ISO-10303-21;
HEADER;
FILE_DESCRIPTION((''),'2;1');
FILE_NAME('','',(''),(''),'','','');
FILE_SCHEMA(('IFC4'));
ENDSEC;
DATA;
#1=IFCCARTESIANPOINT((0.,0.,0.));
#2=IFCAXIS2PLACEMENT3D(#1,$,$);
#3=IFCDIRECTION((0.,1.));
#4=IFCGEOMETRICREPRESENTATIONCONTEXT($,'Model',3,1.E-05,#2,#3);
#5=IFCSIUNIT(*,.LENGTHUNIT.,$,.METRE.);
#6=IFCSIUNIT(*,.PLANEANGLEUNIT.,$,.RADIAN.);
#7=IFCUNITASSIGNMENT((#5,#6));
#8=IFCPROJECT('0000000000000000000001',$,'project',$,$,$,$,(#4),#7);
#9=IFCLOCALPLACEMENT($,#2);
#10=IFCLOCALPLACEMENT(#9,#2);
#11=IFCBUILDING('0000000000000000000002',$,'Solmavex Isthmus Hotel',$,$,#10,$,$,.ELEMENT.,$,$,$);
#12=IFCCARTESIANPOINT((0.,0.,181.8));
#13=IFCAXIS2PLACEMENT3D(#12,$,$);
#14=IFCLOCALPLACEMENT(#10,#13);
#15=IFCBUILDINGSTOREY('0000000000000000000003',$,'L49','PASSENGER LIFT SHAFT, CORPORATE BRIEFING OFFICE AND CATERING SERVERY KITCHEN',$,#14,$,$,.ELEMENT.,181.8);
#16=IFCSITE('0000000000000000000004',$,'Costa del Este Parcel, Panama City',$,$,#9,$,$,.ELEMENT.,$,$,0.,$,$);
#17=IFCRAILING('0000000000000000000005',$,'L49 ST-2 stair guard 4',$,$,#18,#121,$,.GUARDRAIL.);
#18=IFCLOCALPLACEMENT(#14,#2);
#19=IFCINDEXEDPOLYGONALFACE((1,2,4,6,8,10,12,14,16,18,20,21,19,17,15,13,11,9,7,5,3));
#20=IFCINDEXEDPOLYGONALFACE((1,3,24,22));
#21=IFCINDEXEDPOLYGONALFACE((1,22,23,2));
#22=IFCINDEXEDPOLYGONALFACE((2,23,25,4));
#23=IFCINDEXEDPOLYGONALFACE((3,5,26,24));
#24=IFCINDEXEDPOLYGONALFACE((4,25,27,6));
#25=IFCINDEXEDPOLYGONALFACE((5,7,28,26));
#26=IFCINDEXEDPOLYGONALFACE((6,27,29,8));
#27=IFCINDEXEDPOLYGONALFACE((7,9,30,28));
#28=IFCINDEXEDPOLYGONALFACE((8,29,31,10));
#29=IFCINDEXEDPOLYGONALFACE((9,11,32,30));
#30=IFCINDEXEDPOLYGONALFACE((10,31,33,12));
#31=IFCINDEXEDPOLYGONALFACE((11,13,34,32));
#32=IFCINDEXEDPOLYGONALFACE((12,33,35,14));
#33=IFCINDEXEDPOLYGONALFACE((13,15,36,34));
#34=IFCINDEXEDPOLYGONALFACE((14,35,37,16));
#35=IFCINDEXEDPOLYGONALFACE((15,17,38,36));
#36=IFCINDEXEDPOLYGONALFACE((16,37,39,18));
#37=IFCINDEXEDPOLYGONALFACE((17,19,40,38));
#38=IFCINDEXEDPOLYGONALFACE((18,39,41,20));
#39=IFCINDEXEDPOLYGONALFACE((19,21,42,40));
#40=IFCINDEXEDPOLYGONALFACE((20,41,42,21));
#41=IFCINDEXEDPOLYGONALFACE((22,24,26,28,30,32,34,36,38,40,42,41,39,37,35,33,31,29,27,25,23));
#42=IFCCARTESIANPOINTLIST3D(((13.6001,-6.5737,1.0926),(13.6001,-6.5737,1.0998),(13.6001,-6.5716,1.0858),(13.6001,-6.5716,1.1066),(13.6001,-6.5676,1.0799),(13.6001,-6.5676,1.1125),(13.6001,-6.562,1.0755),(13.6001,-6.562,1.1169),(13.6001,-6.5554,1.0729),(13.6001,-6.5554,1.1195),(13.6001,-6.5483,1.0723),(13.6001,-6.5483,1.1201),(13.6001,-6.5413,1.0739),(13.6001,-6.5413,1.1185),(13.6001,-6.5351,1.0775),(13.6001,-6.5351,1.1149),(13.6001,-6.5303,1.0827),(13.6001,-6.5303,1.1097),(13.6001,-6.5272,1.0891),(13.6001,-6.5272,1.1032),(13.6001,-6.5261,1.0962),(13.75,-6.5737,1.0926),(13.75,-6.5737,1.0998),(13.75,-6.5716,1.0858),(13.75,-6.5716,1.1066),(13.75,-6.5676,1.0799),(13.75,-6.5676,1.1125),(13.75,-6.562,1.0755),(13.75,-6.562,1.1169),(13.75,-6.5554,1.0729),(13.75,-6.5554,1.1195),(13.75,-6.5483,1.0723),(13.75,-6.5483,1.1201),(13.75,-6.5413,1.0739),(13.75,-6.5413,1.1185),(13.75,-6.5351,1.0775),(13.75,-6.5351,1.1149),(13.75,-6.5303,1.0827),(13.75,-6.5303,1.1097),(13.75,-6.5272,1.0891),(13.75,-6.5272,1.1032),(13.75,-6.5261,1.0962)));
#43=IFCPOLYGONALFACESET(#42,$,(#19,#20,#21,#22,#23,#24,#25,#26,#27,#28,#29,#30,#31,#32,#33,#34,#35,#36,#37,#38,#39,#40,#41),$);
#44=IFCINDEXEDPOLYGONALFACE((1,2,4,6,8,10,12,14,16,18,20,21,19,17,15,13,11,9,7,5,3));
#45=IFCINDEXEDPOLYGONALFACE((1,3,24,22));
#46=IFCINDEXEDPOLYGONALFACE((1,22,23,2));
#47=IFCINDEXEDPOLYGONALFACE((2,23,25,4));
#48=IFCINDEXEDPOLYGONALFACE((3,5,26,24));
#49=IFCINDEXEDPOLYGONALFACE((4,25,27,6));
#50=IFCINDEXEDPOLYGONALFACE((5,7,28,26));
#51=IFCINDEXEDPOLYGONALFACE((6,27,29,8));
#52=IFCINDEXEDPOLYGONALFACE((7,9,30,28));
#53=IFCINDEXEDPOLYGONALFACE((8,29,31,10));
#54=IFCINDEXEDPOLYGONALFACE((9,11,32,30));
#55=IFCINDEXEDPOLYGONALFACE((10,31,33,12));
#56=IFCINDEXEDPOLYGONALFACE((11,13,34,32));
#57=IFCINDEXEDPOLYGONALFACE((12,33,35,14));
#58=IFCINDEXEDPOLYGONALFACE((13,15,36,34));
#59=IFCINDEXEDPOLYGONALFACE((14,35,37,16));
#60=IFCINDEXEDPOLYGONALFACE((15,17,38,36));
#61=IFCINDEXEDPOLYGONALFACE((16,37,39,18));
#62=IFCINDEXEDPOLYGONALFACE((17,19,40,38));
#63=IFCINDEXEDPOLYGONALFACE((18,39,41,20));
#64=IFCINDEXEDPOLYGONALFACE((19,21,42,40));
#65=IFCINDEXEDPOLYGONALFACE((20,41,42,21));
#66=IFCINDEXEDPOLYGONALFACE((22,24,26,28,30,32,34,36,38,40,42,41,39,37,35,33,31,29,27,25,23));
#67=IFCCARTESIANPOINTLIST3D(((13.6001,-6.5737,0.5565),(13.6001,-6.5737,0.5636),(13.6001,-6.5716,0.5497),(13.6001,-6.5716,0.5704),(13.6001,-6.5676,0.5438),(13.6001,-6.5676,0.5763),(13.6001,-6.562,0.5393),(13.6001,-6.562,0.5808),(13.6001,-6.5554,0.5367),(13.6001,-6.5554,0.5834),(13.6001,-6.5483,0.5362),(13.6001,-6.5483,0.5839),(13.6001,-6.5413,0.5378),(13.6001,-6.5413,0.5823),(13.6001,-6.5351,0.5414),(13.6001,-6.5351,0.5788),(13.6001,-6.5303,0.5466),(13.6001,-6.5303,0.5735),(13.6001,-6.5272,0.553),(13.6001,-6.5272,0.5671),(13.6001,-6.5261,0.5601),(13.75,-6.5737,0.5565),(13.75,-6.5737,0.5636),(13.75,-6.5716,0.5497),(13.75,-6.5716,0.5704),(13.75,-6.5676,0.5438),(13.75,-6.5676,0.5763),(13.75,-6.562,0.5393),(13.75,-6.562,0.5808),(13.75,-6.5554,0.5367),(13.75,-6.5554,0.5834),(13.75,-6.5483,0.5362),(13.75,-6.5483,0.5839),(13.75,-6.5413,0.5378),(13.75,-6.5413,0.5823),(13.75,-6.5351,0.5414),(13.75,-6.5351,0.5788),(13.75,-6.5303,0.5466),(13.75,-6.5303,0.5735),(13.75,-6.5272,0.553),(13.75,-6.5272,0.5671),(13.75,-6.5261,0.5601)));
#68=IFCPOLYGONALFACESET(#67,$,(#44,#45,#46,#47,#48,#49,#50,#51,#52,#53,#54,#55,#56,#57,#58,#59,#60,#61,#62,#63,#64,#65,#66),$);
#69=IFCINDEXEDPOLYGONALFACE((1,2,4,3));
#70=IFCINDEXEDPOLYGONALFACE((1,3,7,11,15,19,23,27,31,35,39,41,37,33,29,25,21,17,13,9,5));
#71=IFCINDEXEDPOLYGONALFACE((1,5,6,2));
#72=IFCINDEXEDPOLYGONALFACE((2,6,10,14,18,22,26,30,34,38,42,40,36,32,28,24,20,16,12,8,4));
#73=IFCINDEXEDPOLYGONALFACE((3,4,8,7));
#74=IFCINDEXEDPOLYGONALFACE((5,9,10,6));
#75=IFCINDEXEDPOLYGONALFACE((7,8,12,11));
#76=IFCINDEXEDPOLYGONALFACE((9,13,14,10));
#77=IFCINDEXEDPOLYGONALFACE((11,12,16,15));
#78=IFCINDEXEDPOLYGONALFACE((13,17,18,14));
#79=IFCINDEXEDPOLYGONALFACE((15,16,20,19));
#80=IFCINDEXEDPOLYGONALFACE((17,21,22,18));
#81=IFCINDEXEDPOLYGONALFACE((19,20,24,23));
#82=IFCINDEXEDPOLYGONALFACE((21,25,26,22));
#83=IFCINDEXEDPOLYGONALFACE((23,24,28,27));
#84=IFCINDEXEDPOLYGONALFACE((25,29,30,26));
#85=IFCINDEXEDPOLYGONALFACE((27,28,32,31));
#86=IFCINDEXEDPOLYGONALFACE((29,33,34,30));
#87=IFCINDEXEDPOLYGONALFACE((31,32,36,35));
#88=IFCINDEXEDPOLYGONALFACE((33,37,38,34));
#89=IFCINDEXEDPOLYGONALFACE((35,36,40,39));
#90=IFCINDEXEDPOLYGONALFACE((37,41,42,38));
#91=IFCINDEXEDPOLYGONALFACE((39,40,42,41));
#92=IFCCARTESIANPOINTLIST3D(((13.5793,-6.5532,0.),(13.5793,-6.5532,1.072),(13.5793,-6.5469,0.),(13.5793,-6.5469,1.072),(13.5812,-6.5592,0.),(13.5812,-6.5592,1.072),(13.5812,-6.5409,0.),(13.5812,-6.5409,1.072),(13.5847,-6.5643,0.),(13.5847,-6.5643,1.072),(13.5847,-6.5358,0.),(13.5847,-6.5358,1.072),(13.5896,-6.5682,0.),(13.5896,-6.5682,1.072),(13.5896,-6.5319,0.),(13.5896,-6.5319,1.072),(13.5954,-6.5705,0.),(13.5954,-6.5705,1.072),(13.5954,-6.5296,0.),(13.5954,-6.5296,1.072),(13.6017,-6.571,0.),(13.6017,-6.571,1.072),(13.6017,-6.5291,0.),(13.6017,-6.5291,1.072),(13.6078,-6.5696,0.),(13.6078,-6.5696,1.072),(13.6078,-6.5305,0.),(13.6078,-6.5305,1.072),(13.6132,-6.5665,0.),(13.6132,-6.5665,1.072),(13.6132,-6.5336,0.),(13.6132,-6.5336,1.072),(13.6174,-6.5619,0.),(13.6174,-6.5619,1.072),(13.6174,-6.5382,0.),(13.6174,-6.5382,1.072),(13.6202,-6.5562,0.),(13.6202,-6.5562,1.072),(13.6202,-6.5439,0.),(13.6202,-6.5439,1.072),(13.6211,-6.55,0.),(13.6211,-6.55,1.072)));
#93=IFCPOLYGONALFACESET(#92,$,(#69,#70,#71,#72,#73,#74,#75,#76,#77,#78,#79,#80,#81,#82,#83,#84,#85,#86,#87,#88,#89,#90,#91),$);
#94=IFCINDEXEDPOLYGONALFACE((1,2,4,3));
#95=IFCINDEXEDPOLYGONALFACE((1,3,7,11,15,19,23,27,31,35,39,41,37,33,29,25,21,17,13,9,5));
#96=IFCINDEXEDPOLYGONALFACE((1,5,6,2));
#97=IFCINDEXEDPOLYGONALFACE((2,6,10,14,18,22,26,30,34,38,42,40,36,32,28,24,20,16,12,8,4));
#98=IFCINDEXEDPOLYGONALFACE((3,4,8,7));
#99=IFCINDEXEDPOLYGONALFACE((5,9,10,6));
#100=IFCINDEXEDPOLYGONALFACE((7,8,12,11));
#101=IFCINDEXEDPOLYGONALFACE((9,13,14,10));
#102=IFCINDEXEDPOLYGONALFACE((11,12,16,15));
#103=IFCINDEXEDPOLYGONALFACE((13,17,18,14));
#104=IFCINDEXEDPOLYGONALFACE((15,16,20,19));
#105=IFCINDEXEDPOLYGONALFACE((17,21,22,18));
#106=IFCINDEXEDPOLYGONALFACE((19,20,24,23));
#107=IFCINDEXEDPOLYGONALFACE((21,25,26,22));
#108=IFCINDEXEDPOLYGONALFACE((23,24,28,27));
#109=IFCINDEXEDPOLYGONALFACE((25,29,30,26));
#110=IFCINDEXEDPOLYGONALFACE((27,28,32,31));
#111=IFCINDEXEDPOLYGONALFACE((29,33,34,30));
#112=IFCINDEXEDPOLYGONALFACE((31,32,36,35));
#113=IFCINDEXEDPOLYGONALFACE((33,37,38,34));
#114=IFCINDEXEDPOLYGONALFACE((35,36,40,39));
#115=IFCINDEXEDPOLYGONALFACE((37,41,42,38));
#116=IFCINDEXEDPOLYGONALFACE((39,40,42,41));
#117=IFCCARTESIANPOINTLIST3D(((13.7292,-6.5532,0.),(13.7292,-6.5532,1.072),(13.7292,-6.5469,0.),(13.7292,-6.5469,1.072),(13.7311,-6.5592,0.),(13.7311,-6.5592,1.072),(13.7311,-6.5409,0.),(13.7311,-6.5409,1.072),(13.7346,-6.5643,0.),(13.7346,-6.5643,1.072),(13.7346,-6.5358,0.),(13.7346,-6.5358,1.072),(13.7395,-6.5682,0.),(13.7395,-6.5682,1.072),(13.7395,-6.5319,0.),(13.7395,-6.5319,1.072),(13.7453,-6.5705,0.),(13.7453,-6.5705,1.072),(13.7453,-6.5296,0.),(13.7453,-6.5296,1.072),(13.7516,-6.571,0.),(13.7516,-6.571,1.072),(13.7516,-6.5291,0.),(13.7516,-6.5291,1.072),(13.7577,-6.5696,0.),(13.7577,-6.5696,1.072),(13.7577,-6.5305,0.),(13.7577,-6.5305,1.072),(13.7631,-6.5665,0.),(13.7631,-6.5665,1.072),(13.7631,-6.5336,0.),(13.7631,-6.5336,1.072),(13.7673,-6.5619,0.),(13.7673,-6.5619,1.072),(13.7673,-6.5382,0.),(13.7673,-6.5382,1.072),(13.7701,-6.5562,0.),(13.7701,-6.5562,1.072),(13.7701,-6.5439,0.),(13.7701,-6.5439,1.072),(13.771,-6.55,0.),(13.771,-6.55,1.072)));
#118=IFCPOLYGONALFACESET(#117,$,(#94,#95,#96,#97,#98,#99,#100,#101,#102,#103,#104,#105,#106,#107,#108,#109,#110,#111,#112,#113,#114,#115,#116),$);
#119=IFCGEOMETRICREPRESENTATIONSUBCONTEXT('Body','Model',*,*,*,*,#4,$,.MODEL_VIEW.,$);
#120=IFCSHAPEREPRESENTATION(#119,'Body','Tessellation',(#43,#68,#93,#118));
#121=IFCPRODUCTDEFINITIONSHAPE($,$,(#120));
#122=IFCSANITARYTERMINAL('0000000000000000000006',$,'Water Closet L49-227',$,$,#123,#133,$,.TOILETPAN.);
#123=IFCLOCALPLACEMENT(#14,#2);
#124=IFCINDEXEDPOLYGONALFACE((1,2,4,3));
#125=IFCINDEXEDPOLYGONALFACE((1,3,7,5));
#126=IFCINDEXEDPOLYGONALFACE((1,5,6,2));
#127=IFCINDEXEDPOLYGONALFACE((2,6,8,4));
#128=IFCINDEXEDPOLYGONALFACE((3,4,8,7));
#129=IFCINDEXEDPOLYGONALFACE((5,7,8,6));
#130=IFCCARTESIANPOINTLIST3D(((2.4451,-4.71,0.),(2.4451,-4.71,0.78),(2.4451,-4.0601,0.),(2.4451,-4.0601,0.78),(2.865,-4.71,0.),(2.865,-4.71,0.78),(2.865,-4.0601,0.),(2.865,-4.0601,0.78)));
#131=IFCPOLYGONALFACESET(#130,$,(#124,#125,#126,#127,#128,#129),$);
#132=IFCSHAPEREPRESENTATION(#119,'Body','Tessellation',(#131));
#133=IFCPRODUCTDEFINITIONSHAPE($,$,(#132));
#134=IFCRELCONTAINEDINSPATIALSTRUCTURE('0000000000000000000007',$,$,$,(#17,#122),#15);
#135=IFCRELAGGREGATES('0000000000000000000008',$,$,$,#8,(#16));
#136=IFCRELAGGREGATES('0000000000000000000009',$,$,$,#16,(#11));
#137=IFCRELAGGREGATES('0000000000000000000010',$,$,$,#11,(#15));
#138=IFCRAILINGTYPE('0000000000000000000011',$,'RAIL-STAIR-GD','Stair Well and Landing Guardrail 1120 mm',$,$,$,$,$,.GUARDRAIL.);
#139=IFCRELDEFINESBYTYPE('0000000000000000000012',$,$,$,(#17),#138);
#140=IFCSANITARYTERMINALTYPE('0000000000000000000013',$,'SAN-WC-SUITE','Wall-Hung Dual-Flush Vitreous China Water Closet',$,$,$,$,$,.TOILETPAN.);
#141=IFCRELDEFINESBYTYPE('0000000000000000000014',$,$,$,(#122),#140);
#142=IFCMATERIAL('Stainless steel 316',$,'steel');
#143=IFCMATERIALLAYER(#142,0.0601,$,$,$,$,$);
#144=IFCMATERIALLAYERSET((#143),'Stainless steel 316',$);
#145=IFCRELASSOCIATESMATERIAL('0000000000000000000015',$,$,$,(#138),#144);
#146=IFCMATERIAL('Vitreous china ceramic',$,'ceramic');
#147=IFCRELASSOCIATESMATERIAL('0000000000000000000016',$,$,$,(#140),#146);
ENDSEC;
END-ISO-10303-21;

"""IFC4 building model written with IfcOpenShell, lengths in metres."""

from ifc_helpers import new_model, si_unit, direction, frame, origin, origin_2d, place, context, subcontext, project, spatial, rectangle, circle, extrude, material, layer, layer_set, type_object, element, save


model = new_model("IFC4")

# Units and contexts
model_context = context("Model", 3, precision=1e-05, world=origin(), true_north=direction((0.0, 1.0)))
body_context = subcontext(model_context, "Body", "Model", "MODEL_VIEW")
ifc_project = project(units=[si_unit("LENGTHUNIT", "METRE"), si_unit("PLANEANGLEUNIT", "RADIAN")], contexts=[model_context])

# Site, building, storey
site_placement = place(None, origin())
site = spatial("IfcSite", under=ifc_project, at=site_placement, Name="Costa del Este Parcel, Panama City", CompositionType="ELEMENT", RefElevation=0.0)
building_placement = place(site_placement, origin())
building = spatial("IfcBuilding", under=site, at=building_placement, Name="Solmavex Isthmus Hotel", CompositionType="ELEMENT")
storey_placement = place(building_placement, frame((0.0, 0.0, 181.8)))
storey = spatial("IfcBuildingStorey", under=building, at=storey_placement, Name="L49", Description="PASSENGER LIFT SHAFT, CORPORATE BRIEFING OFFICE AND CATERING SERVERY KITCHEN", CompositionType="ELEMENT", Elevation=181.8)

# Shared definitions
ifc_material_1 = material(Name="Stainless steel 316", Category="steel")

# Railing
ifc_layer_1 = layer(ifc_material_1, 0.0601)
ifc_layer_set_1 = layer_set([ifc_layer_1], Name="Stainless steel 316")
railing_type_1 = type_object("IfcRailingType", Name="RAIL-STAIR-GD", Description="Stair Well and Landing Guardrail 1120 mm", PredefinedType="GUARDRAIL", material=ifc_layer_set_1)
railing_1_placement = place(storey_placement, frame((13.6001, -6.55, 0.0)))
element("IfcRailing", 1, at=railing_1_placement, inside=storey, type_object=railing_type_1, Name="L49 ST-2 stair guard 4", PredefinedType="GUARDRAIL", context=body_context, shape_type="SweptSolid", body=[
    extrude(circle(Radius=0.0239, at=origin_2d()), frame((0.0, 0.0, 1.0962), z_axis=(1.0, 0.0, 0.0), x_axis=(0.0, 1.0, 0.0)), (0.0, 0.0, 1.0), 0.1499),
    extrude(circle(Radius=0.0239, at=origin_2d()), frame((0.0, 0.0, 0.5601), z_axis=(1.0, 0.0, 0.0), x_axis=(0.0, 1.0, 0.0)), (0.0, 0.0, 1.0), 0.1499),
    extrude(circle(Radius=0.021, at=origin_2d()), origin(), (0.0, 0.0, 1.0), 1.072),
    extrude(circle(Radius=0.021, at=origin_2d()), frame((0.1499, 0.0, 0.0)), (0.0, 0.0, 1.0), 1.072),
])

# Sanitary terminal
ifc_material_2 = material(Name="Vitreous china ceramic", Category="ceramic")
sanitary_terminal_type = type_object("IfcSanitaryTerminalType", Name="SAN-WC-SUITE", Description="Wall-Hung Dual-Flush Vitreous China Water Closet", PredefinedType="TOILETPAN", material=ifc_material_2)
sanitary_terminal_placement = place(storey_placement, frame((2.655, -4.385, 0.0), z_axis=(0.0, 0.0, 1.0), x_axis=(1.0, 0.0, 0.0)))
element("IfcSanitaryTerminal", 2, at=sanitary_terminal_placement, inside=storey, type_object=sanitary_terminal_type, Name="Water Closet L49-227", PredefinedType="TOILETPAN", context=body_context, shape_type="SweptSolid", body=[
    extrude(rectangle(XDim=0.4199, YDim=0.6499, at=origin_2d()), origin(), (0.0, 0.0, 1.0), 0.78),
])

save(model, "model.ifc")
